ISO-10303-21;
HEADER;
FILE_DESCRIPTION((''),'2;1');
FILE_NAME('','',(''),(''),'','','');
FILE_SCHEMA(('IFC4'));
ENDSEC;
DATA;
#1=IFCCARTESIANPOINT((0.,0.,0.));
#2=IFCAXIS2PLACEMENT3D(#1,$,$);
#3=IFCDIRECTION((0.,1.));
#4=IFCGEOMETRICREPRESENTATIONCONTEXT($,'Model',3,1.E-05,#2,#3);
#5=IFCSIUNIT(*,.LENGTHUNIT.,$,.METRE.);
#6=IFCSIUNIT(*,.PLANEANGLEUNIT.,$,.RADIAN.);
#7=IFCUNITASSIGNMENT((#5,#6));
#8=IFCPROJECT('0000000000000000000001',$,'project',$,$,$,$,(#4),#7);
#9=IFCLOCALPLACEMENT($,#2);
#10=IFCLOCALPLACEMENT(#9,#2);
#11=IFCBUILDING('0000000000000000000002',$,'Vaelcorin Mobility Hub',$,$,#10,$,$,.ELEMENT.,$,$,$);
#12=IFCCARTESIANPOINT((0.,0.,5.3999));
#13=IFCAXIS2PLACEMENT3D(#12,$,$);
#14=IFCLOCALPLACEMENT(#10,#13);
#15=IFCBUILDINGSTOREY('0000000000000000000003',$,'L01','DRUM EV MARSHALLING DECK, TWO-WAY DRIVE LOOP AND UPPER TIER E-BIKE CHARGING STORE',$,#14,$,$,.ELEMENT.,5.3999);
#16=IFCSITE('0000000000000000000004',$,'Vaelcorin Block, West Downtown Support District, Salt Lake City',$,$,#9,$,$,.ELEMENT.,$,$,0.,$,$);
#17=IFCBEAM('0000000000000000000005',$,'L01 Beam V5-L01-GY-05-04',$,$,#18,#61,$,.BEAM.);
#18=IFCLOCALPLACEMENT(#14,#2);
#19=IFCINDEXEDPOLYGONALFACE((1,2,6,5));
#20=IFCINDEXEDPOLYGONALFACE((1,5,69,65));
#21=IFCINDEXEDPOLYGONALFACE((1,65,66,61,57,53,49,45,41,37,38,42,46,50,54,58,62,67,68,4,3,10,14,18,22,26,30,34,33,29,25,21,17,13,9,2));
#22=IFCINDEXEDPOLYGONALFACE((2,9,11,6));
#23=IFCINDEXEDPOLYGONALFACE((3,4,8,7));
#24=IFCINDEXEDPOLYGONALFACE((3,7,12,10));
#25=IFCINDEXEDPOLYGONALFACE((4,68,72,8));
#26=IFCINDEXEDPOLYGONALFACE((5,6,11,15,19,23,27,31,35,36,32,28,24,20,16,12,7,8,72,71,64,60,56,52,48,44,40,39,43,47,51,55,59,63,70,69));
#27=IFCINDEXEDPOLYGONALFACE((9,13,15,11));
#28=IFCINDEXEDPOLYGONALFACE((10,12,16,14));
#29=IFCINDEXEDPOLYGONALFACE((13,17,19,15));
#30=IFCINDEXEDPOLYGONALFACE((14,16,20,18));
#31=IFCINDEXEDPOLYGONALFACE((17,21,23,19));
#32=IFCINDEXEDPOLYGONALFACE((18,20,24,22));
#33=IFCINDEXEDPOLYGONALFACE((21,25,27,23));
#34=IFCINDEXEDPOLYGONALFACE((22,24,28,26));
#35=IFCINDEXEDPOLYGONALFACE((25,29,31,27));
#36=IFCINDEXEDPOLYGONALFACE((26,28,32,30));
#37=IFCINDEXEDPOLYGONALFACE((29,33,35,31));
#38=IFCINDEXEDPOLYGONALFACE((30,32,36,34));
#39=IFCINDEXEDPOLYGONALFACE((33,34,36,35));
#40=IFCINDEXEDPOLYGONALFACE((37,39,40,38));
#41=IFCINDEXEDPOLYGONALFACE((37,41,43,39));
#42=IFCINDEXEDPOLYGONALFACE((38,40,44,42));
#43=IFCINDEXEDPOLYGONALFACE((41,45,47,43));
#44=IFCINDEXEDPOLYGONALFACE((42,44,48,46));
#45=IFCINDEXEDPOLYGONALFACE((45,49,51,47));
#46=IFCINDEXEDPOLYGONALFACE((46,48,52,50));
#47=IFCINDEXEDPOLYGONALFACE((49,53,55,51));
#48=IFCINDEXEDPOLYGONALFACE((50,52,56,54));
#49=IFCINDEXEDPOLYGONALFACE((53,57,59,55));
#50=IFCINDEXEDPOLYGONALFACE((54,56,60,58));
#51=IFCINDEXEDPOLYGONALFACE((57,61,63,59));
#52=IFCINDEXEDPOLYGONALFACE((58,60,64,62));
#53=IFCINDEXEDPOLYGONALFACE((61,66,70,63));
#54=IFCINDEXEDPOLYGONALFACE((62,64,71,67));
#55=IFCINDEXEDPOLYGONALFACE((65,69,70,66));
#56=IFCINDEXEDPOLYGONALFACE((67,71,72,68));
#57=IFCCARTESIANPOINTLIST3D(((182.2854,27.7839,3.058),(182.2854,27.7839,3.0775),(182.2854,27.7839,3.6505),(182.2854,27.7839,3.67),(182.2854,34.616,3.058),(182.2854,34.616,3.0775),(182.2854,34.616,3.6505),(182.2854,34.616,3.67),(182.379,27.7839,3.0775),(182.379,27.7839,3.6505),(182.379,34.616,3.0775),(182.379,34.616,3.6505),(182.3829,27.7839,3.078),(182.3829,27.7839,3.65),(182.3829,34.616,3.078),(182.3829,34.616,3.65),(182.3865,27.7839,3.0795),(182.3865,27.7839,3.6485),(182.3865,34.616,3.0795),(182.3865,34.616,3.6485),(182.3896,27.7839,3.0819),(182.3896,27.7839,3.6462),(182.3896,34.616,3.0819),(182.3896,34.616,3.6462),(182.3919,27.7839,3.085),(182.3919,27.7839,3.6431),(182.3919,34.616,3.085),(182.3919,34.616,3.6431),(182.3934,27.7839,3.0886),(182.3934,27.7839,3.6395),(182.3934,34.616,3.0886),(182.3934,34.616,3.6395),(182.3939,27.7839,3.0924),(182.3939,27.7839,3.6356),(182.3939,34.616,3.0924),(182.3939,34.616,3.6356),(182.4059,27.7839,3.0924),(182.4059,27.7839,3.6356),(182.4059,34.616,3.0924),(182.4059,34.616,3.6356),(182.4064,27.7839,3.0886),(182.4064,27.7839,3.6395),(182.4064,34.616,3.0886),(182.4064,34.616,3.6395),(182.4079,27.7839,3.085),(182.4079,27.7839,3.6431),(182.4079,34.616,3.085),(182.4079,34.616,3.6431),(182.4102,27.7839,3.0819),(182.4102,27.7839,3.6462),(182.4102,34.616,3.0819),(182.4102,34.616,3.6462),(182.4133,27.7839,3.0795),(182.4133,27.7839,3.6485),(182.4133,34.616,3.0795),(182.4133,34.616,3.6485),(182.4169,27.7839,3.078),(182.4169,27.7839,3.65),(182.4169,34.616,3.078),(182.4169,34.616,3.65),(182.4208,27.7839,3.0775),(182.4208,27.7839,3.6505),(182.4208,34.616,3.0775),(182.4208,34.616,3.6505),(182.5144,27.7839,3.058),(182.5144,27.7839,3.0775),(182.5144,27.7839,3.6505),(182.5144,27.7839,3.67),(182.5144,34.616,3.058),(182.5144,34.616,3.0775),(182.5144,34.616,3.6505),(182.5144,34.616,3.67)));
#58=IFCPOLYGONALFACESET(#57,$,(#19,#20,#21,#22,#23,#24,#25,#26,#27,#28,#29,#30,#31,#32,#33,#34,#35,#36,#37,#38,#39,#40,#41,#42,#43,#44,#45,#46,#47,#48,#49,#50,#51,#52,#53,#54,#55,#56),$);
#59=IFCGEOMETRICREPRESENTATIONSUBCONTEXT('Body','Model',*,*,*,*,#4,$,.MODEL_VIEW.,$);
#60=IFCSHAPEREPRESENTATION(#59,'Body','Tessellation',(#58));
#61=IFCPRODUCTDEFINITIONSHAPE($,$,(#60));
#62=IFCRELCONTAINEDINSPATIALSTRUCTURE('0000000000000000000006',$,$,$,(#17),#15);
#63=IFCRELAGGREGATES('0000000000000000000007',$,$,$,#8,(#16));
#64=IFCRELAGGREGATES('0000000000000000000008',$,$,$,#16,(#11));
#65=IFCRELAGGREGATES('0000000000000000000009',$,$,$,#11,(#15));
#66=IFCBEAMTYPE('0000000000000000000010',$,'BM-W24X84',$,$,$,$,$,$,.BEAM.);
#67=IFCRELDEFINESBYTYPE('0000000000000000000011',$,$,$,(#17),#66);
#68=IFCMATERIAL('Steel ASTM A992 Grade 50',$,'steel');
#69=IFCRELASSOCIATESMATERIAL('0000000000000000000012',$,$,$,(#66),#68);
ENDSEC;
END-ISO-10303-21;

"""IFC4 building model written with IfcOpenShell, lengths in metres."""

from ifc_helpers import new_model, si_unit, direction, frame, origin, origin_2d, place, context, subcontext, project, spatial, i_section, extrude, material, material_profile, profile_set, type_object, element, save


model = new_model("IFC4")

# Units and contexts
model_context = context("Model", 3, precision=1e-05, world=origin(), true_north=direction((0.0, 1.0)))
body_context = subcontext(model_context, "Body", "Model", "MODEL_VIEW")
ifc_project = project(units=[si_unit("LENGTHUNIT", "METRE"), si_unit("PLANEANGLEUNIT", "RADIAN")], contexts=[model_context])

# Site, building, storey
site_placement = place(None, origin())
site = spatial("IfcSite", under=ifc_project, at=site_placement, Name="Vaelcorin Block, West Downtown Support District, Salt Lake City", CompositionType="ELEMENT", RefElevation=0.0)
building_placement = place(site_placement, origin())
building = spatial("IfcBuilding", under=site, at=building_placement, Name="Vaelcorin Mobility Hub", CompositionType="ELEMENT")
storey_placement = place(building_placement, frame((0.0, 0.0, 5.3999)))
storey = spatial("IfcBuildingStorey", under=building, at=storey_placement, Name="L01", Description="DRUM EV MARSHALLING DECK, TWO-WAY DRIVE LOOP AND UPPER TIER E-BIKE CHARGING STORE", CompositionType="ELEMENT", Elevation=5.3999)

# Shared definitions
ifc_material = material(Name="Steel ASTM A992 Grade 50", Category="steel")

# Beam
ifc_material_profile_1 = material_profile(ifc_material, i_section(OverallWidth=0.229, OverallDepth=0.6121, WebThickness=0.012, FlangeThickness=0.0195, FilletRadius=0.0149, at=origin_2d()), Name="W24X84")
ifc_profile_set_1 = profile_set([ifc_material_profile_1], Name="Steel ASTM A992 Grade 50")
beam_type_1 = type_object("IfcBeamType", Name="BM-W24X84", PredefinedType="BEAM", material=ifc_profile_set_1)
for number, where, z_axis, x_axis, name in (
    (1, (182.3999, 27.7839, 3.364), (0.0, 1.0, 0.0), (-1.0, 0.0, 0.0), "L01 Beam V5-L01-GY-05-04"),
):
    element("IfcBeam", number, at=place(storey_placement, frame(where, z_axis=z_axis, x_axis=x_axis)), inside=storey, type_object=beam_type_1, Name=name, PredefinedType="BEAM", context=body_context, shape_type="SweptSolid", body=[
        extrude(i_section(OverallWidth=0.229, OverallDepth=0.6121, WebThickness=0.012, FlangeThickness=0.0195, FilletRadius=0.0149, at=origin_2d()), origin(), (0.0, 0.0, 1.0), 6.832),
    ])

save(model, "model.ifc")
